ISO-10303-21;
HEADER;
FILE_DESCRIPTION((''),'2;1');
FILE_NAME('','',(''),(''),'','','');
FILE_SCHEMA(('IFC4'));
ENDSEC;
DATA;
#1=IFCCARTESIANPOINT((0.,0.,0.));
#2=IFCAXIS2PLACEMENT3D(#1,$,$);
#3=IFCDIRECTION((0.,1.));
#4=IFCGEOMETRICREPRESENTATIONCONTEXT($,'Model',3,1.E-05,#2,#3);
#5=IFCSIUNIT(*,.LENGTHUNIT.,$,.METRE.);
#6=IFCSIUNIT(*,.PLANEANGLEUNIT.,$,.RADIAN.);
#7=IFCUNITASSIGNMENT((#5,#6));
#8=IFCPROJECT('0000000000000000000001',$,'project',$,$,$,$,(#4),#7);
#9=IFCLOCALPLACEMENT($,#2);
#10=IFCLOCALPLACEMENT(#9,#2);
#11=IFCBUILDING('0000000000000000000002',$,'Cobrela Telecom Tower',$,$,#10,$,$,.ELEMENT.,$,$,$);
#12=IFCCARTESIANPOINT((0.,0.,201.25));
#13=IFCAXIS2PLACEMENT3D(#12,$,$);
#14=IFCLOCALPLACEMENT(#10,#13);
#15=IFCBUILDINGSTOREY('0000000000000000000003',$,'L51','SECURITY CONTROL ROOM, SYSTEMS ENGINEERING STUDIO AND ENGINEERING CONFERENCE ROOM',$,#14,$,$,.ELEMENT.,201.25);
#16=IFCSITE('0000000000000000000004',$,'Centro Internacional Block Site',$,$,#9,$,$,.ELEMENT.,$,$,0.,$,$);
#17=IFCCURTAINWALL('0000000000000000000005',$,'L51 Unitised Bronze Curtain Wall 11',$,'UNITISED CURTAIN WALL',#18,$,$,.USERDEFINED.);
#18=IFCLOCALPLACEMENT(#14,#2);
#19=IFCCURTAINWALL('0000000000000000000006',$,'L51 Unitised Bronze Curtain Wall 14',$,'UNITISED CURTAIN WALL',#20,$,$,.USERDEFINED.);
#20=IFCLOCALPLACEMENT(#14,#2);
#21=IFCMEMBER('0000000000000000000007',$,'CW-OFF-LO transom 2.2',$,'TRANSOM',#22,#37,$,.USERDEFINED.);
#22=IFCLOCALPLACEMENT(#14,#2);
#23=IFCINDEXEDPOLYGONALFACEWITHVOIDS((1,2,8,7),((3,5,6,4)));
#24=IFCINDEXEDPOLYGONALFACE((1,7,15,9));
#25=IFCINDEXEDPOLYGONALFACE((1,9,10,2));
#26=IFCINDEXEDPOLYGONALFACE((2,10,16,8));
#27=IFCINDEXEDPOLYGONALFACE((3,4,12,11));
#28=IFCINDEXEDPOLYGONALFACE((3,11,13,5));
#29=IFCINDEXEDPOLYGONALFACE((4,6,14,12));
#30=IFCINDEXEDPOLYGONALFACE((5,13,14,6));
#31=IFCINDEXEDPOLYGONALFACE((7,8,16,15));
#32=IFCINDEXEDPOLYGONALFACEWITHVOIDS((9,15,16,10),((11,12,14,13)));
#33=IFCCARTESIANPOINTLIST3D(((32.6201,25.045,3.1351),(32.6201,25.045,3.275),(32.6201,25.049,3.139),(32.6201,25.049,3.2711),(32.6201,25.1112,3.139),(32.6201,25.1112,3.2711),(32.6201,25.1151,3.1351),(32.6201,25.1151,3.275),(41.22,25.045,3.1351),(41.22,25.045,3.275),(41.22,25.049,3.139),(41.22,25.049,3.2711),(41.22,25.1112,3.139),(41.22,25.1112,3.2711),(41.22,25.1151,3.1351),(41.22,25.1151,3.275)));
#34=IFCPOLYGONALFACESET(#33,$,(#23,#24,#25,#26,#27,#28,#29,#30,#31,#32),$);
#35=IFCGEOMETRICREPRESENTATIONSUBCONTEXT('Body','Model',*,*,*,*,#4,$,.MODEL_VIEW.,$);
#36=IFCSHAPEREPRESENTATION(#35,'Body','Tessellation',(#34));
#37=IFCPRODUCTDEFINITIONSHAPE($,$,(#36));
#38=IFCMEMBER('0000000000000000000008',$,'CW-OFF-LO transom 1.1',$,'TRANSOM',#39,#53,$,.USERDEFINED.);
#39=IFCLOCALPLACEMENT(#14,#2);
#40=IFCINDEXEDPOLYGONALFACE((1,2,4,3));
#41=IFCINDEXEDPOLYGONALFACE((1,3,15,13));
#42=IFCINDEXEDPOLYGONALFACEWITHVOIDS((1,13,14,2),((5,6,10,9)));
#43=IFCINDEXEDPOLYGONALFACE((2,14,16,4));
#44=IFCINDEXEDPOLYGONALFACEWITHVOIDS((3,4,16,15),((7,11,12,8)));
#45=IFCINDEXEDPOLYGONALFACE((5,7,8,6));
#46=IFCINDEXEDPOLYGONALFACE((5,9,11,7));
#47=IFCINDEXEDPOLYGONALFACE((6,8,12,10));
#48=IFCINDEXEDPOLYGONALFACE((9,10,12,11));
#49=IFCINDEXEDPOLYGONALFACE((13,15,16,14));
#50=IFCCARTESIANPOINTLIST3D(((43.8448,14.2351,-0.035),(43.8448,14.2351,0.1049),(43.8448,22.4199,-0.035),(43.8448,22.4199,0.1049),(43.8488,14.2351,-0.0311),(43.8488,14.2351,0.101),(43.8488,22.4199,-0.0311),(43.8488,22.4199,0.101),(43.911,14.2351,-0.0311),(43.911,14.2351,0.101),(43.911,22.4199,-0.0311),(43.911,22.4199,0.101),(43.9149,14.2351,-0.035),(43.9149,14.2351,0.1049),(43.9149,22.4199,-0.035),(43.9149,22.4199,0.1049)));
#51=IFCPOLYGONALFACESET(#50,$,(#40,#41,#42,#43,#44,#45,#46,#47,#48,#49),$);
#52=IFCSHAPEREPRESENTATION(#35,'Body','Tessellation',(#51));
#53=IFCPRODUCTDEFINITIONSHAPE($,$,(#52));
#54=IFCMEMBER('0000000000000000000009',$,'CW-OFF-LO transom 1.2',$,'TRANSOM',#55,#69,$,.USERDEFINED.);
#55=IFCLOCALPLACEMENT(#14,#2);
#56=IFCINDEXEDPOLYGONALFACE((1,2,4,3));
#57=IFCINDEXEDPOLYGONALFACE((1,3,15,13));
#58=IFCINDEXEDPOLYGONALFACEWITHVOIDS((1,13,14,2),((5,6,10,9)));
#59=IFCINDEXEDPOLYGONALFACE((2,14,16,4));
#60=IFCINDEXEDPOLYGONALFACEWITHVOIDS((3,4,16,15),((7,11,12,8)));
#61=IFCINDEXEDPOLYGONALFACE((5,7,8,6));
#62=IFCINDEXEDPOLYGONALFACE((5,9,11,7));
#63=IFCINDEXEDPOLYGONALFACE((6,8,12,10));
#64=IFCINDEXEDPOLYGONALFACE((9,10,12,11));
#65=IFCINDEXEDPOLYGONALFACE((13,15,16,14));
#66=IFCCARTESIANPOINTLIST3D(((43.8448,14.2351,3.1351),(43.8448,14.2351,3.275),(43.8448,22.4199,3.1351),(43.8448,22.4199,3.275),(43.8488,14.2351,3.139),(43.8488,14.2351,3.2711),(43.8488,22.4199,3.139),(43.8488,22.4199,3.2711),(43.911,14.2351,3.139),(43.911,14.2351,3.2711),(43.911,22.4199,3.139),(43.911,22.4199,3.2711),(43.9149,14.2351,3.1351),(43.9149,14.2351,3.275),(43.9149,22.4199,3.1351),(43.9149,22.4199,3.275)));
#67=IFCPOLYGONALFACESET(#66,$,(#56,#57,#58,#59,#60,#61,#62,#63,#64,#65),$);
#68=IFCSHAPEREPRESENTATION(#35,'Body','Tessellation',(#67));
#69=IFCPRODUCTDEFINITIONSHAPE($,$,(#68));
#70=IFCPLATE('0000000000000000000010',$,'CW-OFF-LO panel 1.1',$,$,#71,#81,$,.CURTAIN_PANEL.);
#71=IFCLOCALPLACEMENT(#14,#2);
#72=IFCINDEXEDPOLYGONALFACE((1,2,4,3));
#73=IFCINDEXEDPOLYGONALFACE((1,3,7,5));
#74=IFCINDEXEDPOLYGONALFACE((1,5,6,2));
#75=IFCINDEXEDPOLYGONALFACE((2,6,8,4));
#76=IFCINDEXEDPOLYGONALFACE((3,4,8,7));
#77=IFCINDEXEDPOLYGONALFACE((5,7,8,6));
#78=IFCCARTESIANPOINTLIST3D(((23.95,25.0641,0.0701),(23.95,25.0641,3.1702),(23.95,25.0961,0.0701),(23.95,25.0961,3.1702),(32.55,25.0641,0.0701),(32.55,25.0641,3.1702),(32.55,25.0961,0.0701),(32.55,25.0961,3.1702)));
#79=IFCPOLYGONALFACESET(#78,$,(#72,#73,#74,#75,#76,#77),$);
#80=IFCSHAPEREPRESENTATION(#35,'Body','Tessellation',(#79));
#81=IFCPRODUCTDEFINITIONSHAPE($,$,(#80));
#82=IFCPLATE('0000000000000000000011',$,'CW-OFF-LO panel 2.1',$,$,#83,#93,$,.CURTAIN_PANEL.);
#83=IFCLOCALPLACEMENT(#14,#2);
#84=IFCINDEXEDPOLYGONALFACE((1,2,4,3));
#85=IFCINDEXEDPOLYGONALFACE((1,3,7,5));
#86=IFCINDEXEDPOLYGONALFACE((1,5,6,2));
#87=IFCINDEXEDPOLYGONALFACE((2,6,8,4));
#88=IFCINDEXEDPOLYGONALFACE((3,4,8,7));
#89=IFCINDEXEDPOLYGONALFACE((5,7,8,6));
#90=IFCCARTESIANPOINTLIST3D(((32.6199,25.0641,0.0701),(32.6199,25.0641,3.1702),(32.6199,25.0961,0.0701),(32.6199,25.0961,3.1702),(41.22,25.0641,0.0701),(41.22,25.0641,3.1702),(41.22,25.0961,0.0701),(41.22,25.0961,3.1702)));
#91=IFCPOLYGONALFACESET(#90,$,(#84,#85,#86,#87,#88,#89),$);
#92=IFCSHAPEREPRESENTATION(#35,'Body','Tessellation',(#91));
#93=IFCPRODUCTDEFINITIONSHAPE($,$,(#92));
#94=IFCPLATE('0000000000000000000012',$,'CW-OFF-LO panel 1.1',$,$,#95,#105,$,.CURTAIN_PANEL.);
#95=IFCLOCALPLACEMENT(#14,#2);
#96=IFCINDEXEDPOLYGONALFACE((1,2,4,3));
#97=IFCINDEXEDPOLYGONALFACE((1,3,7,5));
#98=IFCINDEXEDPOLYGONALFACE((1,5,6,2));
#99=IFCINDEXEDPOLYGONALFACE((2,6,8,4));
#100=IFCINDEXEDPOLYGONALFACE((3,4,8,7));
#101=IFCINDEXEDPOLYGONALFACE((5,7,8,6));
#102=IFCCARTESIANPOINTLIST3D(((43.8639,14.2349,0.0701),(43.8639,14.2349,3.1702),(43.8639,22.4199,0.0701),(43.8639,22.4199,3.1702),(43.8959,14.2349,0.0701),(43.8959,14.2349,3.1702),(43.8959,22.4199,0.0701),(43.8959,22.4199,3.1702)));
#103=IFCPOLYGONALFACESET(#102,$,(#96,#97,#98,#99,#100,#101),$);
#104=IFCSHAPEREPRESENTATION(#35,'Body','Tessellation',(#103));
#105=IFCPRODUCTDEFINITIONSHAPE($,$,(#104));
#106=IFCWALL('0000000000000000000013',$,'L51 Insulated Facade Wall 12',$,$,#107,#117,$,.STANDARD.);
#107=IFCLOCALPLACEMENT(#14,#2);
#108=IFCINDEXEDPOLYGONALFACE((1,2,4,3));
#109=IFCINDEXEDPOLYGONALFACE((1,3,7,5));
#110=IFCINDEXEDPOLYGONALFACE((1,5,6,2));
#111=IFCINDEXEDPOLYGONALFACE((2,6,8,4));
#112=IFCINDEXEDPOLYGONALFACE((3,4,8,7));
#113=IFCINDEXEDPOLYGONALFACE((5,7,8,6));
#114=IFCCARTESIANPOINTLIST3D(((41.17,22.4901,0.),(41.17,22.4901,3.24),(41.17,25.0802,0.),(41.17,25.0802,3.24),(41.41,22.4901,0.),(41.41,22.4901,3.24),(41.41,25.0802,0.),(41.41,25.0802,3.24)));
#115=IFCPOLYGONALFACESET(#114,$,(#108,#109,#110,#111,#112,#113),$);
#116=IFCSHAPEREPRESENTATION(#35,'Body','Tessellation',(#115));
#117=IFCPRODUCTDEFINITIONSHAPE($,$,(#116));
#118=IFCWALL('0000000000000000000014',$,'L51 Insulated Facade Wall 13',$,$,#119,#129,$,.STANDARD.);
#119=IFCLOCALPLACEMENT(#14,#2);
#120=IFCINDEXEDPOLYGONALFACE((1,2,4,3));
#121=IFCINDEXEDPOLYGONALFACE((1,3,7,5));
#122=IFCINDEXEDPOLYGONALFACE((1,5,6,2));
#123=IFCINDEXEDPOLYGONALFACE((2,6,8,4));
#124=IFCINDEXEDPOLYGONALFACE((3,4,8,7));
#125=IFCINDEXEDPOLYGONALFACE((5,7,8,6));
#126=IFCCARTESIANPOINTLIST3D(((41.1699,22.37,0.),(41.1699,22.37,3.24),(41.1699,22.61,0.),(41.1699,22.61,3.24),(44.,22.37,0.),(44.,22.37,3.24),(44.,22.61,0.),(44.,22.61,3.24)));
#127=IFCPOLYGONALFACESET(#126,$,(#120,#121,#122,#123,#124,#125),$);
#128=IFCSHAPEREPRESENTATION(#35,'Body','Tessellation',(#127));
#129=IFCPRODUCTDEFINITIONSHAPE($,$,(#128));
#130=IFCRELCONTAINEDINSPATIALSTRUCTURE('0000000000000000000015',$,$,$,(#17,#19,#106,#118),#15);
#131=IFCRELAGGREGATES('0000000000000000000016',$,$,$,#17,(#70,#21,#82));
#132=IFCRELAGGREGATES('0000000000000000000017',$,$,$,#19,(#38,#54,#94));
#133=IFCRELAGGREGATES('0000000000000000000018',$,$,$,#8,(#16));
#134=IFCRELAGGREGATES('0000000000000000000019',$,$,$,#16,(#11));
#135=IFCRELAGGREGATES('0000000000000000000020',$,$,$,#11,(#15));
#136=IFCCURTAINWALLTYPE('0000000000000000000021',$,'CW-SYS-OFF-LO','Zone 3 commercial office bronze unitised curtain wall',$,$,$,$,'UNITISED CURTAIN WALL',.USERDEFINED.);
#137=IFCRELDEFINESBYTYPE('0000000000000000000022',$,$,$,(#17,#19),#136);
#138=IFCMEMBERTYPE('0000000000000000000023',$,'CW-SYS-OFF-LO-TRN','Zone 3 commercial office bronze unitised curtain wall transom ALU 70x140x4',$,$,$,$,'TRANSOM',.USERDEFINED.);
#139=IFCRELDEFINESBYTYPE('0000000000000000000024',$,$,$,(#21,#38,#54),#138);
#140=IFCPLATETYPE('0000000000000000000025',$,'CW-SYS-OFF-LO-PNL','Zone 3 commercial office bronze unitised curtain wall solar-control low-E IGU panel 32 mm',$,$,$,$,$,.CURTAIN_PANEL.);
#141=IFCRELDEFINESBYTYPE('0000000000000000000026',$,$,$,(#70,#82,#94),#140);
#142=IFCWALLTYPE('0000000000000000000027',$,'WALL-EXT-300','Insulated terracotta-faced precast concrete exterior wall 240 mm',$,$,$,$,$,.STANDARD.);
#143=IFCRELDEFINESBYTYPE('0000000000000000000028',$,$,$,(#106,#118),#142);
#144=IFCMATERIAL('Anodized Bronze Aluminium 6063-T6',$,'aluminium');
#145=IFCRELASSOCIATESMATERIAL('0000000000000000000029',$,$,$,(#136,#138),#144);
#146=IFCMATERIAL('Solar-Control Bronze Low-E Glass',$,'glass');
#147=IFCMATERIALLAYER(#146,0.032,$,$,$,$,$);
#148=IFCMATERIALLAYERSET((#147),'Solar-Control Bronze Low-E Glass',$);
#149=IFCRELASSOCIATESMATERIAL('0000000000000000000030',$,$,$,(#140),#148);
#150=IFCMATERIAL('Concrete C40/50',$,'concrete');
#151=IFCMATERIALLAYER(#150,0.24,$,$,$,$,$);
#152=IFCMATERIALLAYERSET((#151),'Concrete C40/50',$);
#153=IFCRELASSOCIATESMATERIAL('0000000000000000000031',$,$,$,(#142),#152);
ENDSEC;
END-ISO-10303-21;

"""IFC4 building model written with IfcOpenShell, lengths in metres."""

from ifc_helpers import new_model, si_unit, direction, frame, frame_2d, origin, origin_2d, place, context, subcontext, project, spatial, rectangle, hollow_rectangle, extrude, material, layer, layer_set, material_profile, profile_set, type_object, element, aggregate, save


model = new_model("IFC4")

# Units and contexts
model_context = context("Model", 3, precision=1e-05, world=origin(), true_north=direction((0.0, 1.0)))
body_context = subcontext(model_context, "Body", "Model", "MODEL_VIEW")
ifc_project = project(units=[si_unit("LENGTHUNIT", "METRE"), si_unit("PLANEANGLEUNIT", "RADIAN")], contexts=[model_context])

# Site, building, storey
site_placement = place(None, origin())
site = spatial("IfcSite", under=ifc_project, at=site_placement, Name="Centro Internacional Block Site", CompositionType="ELEMENT", RefElevation=0.0)
building_placement = place(site_placement, origin())
building = spatial("IfcBuilding", under=site, at=building_placement, Name="Cobrela Telecom Tower", CompositionType="ELEMENT")
storey_placement = place(building_placement, frame((0.0, 0.0, 201.25)))
storey = spatial("IfcBuildingStorey", under=building, at=storey_placement, Name="L51", Description="SECURITY CONTROL ROOM, SYSTEMS ENGINEERING STUDIO AND ENGINEERING CONFERENCE ROOM", CompositionType="ELEMENT", Elevation=201.25)

# Curtain wall
ifc_material_1 = material(Name="Anodized Bronze Aluminium 6063-T6", Category="aluminium")
curtain_wall_type = type_object("IfcCurtainWallType", Name="CW-SYS-OFF-LO", Description="Zone 3 commercial office bronze unitised curtain wall", ElementType="UNITISED CURTAIN WALL", PredefinedType="USERDEFINED", material=ifc_material_1)
curtain_wall_1_placement = place(storey_placement, origin())
curtain_wall_1 = element("IfcCurtainWall", 1, at=curtain_wall_1_placement, inside=storey, type_object=curtain_wall_type, Name="L51 Unitised Bronze Curtain Wall 11", ObjectType="UNITISED CURTAIN WALL", PredefinedType="USERDEFINED")

# Curtain wall
curtain_wall_2_placement = place(storey_placement, origin())
curtain_wall_2 = element("IfcCurtainWall", 2, at=curtain_wall_2_placement, inside=storey, type_object=curtain_wall_type, Name="L51 Unitised Bronze Curtain Wall 14", ObjectType="UNITISED CURTAIN WALL", PredefinedType="USERDEFINED")

# Members
ifc_material_profile_1 = material_profile(ifc_material_1, hollow_rectangle(XDim=0.0701, YDim=0.1399, WallThickness=0.0039, at=origin_2d()), Name="ALU 70x140x4")
ifc_profile_set_1 = profile_set([ifc_material_profile_1], Name="Anodized Bronze Aluminium 6063-T6")
member_type_1 = type_object("IfcMemberType", Name="CW-SYS-OFF-LO-TRN", Description="Zone 3 commercial office bronze unitised curtain wall transom ALU 70x140x4", ElementType="TRANSOM", PredefinedType="USERDEFINED", material=ifc_profile_set_1)
member_1_placement = place(storey_placement, frame((32.6201, 25.0801, 3.2051), z_axis=(1.0, 0.0, 0.0), x_axis=(0.0, 1.0, 0.0)))
member_1 = element("IfcMember", 3, at=member_1_placement, type_object=member_type_1, Name="CW-OFF-LO transom 2.2", ObjectType="TRANSOM", PredefinedType="USERDEFINED", context=body_context, shape_type="SweptSolid", body=[
    extrude(hollow_rectangle(XDim=0.0701, YDim=0.1399, WallThickness=0.0039, at=origin_2d()), origin(), (0.0, 0.0, 1.0), 8.5999),
])
member_2_placement = place(storey_placement, frame((43.8799, 22.4199, 0.0349), z_axis=(0.0, -1.0, 0.0), x_axis=(1.0, 0.0, 0.0)))
member_2 = element("IfcMember", 4, at=member_2_placement, type_object=member_type_1, Name="CW-OFF-LO transom 1.1", ObjectType="TRANSOM", PredefinedType="USERDEFINED", context=body_context, shape_type="SweptSolid", body=[
    extrude(hollow_rectangle(XDim=0.0701, YDim=0.1399, WallThickness=0.0039, at=origin_2d()), origin(), (0.0, 0.0, 1.0), 8.1848),
])
member_3_placement = place(storey_placement, frame((43.8799, 22.4199, 3.2051), z_axis=(0.0, -1.0, 0.0), x_axis=(1.0, 0.0, 0.0)))
member_3 = element("IfcMember", 5, at=member_3_placement, type_object=member_type_1, Name="CW-OFF-LO transom 1.2", ObjectType="TRANSOM", PredefinedType="USERDEFINED", context=body_context, shape_type="SweptSolid", body=[
    extrude(hollow_rectangle(XDim=0.0701, YDim=0.1399, WallThickness=0.0039, at=origin_2d()), origin(), (0.0, 0.0, 1.0), 8.1848),
])

# Plates
ifc_material_2 = material(Name="Solar-Control Bronze Low-E Glass", Category="glass")
ifc_layer_1 = layer(ifc_material_2, 0.032)
ifc_layer_set_1 = layer_set([ifc_layer_1], Name="Solar-Control Bronze Low-E Glass")
plate_type = type_object("IfcPlateType", Name="CW-SYS-OFF-LO-PNL", Description="Zone 3 commercial office bronze unitised curtain wall solar-control low-E IGU panel 32 mm", PredefinedType="CURTAIN_PANEL", material=ifc_layer_set_1)
plate_1_placement = place(storey_placement, frame((28.25, 25.0801, 0.0701), z_axis=(0.0, 0.0, 1.0), x_axis=(1.0, 0.0, 0.0)))
plate_1 = element("IfcPlate", 6, at=plate_1_placement, type_object=plate_type, Name="CW-OFF-LO panel 1.1", PredefinedType="CURTAIN_PANEL", context=body_context, shape_type="SweptSolid", body=[
    extrude(rectangle(XDim=8.6001, YDim=0.032, at=origin_2d()), origin(), (0.0, 0.0, 1.0), 3.1001),
])
plate_2_placement = place(storey_placement, frame((36.9199, 25.0801, 0.0701), z_axis=(0.0, 0.0, 1.0), x_axis=(1.0, 0.0, 0.0)))
plate_2 = element("IfcPlate", 7, at=plate_2_placement, type_object=plate_type, Name="CW-OFF-LO panel 2.1", PredefinedType="CURTAIN_PANEL", context=body_context, shape_type="SweptSolid", body=[
    extrude(rectangle(XDim=8.6001, YDim=0.032, at=origin_2d()), origin(), (0.0, 0.0, 1.0), 3.1001),
])
aggregate(curtain_wall_1, [plate_1, member_1, plate_2])
plate_3_placement = place(storey_placement, frame((43.8799, 18.3274, 0.0701), z_axis=(0.0, 0.0, 1.0), x_axis=(0.0, -1.0, 0.0)))
plate_3 = element("IfcPlate", 8, at=plate_3_placement, type_object=plate_type, Name="CW-OFF-LO panel 1.1", PredefinedType="CURTAIN_PANEL", context=body_context, shape_type="SweptSolid", body=[
    extrude(rectangle(XDim=8.1851, YDim=0.032, at=origin_2d()), origin(), (0.0, 0.0, 1.0), 3.1001),
])
aggregate(curtain_wall_2, [member_2, member_3, plate_3])

# Walls
ifc_material_3 = material(Name="Concrete C40/50", Category="concrete")
ifc_layer_2 = layer(ifc_material_3, 0.24)
ifc_layer_set_2 = layer_set([ifc_layer_2], Name="Concrete C40/50")
wall_type = type_object("IfcWallType", Name="WALL-EXT-300", Description="Insulated terracotta-faced precast concrete exterior wall 240 mm", PredefinedType="STANDARD", material=ifc_layer_set_2)
wall_1_placement = place(storey_placement, frame((41.29, 25.0801, 0.0), z_axis=(0.0, 0.0, 1.0), x_axis=(0.0, -1.0, 0.0)))
element("IfcWall", 9, at=wall_1_placement, inside=storey, type_object=wall_type, Name="L51 Insulated Facade Wall 12", PredefinedType="STANDARD", context=body_context, shape_type="SweptSolid", body=[
    extrude(rectangle(XDim=2.5901, YDim=0.24, at=frame_2d((1.2949, 0.0))), origin(), (0.0, 0.0, 1.0), 3.24),
])
wall_2_placement = place(storey_placement, frame((41.1699, 22.49, 0.0), z_axis=(0.0, 0.0, 1.0), x_axis=(1.0, 0.0, 0.0)))
element("IfcWall", 10, at=wall_2_placement, inside=storey, type_object=wall_type, Name="L51 Insulated Facade Wall 13", PredefinedType="STANDARD", context=body_context, shape_type="SweptSolid", body=[
    extrude(rectangle(XDim=2.8301, YDim=0.24, at=frame_2d((1.415, 0.0))), origin(), (0.0, 0.0, 1.0), 3.24),
])

save(model, "model.ifc")
